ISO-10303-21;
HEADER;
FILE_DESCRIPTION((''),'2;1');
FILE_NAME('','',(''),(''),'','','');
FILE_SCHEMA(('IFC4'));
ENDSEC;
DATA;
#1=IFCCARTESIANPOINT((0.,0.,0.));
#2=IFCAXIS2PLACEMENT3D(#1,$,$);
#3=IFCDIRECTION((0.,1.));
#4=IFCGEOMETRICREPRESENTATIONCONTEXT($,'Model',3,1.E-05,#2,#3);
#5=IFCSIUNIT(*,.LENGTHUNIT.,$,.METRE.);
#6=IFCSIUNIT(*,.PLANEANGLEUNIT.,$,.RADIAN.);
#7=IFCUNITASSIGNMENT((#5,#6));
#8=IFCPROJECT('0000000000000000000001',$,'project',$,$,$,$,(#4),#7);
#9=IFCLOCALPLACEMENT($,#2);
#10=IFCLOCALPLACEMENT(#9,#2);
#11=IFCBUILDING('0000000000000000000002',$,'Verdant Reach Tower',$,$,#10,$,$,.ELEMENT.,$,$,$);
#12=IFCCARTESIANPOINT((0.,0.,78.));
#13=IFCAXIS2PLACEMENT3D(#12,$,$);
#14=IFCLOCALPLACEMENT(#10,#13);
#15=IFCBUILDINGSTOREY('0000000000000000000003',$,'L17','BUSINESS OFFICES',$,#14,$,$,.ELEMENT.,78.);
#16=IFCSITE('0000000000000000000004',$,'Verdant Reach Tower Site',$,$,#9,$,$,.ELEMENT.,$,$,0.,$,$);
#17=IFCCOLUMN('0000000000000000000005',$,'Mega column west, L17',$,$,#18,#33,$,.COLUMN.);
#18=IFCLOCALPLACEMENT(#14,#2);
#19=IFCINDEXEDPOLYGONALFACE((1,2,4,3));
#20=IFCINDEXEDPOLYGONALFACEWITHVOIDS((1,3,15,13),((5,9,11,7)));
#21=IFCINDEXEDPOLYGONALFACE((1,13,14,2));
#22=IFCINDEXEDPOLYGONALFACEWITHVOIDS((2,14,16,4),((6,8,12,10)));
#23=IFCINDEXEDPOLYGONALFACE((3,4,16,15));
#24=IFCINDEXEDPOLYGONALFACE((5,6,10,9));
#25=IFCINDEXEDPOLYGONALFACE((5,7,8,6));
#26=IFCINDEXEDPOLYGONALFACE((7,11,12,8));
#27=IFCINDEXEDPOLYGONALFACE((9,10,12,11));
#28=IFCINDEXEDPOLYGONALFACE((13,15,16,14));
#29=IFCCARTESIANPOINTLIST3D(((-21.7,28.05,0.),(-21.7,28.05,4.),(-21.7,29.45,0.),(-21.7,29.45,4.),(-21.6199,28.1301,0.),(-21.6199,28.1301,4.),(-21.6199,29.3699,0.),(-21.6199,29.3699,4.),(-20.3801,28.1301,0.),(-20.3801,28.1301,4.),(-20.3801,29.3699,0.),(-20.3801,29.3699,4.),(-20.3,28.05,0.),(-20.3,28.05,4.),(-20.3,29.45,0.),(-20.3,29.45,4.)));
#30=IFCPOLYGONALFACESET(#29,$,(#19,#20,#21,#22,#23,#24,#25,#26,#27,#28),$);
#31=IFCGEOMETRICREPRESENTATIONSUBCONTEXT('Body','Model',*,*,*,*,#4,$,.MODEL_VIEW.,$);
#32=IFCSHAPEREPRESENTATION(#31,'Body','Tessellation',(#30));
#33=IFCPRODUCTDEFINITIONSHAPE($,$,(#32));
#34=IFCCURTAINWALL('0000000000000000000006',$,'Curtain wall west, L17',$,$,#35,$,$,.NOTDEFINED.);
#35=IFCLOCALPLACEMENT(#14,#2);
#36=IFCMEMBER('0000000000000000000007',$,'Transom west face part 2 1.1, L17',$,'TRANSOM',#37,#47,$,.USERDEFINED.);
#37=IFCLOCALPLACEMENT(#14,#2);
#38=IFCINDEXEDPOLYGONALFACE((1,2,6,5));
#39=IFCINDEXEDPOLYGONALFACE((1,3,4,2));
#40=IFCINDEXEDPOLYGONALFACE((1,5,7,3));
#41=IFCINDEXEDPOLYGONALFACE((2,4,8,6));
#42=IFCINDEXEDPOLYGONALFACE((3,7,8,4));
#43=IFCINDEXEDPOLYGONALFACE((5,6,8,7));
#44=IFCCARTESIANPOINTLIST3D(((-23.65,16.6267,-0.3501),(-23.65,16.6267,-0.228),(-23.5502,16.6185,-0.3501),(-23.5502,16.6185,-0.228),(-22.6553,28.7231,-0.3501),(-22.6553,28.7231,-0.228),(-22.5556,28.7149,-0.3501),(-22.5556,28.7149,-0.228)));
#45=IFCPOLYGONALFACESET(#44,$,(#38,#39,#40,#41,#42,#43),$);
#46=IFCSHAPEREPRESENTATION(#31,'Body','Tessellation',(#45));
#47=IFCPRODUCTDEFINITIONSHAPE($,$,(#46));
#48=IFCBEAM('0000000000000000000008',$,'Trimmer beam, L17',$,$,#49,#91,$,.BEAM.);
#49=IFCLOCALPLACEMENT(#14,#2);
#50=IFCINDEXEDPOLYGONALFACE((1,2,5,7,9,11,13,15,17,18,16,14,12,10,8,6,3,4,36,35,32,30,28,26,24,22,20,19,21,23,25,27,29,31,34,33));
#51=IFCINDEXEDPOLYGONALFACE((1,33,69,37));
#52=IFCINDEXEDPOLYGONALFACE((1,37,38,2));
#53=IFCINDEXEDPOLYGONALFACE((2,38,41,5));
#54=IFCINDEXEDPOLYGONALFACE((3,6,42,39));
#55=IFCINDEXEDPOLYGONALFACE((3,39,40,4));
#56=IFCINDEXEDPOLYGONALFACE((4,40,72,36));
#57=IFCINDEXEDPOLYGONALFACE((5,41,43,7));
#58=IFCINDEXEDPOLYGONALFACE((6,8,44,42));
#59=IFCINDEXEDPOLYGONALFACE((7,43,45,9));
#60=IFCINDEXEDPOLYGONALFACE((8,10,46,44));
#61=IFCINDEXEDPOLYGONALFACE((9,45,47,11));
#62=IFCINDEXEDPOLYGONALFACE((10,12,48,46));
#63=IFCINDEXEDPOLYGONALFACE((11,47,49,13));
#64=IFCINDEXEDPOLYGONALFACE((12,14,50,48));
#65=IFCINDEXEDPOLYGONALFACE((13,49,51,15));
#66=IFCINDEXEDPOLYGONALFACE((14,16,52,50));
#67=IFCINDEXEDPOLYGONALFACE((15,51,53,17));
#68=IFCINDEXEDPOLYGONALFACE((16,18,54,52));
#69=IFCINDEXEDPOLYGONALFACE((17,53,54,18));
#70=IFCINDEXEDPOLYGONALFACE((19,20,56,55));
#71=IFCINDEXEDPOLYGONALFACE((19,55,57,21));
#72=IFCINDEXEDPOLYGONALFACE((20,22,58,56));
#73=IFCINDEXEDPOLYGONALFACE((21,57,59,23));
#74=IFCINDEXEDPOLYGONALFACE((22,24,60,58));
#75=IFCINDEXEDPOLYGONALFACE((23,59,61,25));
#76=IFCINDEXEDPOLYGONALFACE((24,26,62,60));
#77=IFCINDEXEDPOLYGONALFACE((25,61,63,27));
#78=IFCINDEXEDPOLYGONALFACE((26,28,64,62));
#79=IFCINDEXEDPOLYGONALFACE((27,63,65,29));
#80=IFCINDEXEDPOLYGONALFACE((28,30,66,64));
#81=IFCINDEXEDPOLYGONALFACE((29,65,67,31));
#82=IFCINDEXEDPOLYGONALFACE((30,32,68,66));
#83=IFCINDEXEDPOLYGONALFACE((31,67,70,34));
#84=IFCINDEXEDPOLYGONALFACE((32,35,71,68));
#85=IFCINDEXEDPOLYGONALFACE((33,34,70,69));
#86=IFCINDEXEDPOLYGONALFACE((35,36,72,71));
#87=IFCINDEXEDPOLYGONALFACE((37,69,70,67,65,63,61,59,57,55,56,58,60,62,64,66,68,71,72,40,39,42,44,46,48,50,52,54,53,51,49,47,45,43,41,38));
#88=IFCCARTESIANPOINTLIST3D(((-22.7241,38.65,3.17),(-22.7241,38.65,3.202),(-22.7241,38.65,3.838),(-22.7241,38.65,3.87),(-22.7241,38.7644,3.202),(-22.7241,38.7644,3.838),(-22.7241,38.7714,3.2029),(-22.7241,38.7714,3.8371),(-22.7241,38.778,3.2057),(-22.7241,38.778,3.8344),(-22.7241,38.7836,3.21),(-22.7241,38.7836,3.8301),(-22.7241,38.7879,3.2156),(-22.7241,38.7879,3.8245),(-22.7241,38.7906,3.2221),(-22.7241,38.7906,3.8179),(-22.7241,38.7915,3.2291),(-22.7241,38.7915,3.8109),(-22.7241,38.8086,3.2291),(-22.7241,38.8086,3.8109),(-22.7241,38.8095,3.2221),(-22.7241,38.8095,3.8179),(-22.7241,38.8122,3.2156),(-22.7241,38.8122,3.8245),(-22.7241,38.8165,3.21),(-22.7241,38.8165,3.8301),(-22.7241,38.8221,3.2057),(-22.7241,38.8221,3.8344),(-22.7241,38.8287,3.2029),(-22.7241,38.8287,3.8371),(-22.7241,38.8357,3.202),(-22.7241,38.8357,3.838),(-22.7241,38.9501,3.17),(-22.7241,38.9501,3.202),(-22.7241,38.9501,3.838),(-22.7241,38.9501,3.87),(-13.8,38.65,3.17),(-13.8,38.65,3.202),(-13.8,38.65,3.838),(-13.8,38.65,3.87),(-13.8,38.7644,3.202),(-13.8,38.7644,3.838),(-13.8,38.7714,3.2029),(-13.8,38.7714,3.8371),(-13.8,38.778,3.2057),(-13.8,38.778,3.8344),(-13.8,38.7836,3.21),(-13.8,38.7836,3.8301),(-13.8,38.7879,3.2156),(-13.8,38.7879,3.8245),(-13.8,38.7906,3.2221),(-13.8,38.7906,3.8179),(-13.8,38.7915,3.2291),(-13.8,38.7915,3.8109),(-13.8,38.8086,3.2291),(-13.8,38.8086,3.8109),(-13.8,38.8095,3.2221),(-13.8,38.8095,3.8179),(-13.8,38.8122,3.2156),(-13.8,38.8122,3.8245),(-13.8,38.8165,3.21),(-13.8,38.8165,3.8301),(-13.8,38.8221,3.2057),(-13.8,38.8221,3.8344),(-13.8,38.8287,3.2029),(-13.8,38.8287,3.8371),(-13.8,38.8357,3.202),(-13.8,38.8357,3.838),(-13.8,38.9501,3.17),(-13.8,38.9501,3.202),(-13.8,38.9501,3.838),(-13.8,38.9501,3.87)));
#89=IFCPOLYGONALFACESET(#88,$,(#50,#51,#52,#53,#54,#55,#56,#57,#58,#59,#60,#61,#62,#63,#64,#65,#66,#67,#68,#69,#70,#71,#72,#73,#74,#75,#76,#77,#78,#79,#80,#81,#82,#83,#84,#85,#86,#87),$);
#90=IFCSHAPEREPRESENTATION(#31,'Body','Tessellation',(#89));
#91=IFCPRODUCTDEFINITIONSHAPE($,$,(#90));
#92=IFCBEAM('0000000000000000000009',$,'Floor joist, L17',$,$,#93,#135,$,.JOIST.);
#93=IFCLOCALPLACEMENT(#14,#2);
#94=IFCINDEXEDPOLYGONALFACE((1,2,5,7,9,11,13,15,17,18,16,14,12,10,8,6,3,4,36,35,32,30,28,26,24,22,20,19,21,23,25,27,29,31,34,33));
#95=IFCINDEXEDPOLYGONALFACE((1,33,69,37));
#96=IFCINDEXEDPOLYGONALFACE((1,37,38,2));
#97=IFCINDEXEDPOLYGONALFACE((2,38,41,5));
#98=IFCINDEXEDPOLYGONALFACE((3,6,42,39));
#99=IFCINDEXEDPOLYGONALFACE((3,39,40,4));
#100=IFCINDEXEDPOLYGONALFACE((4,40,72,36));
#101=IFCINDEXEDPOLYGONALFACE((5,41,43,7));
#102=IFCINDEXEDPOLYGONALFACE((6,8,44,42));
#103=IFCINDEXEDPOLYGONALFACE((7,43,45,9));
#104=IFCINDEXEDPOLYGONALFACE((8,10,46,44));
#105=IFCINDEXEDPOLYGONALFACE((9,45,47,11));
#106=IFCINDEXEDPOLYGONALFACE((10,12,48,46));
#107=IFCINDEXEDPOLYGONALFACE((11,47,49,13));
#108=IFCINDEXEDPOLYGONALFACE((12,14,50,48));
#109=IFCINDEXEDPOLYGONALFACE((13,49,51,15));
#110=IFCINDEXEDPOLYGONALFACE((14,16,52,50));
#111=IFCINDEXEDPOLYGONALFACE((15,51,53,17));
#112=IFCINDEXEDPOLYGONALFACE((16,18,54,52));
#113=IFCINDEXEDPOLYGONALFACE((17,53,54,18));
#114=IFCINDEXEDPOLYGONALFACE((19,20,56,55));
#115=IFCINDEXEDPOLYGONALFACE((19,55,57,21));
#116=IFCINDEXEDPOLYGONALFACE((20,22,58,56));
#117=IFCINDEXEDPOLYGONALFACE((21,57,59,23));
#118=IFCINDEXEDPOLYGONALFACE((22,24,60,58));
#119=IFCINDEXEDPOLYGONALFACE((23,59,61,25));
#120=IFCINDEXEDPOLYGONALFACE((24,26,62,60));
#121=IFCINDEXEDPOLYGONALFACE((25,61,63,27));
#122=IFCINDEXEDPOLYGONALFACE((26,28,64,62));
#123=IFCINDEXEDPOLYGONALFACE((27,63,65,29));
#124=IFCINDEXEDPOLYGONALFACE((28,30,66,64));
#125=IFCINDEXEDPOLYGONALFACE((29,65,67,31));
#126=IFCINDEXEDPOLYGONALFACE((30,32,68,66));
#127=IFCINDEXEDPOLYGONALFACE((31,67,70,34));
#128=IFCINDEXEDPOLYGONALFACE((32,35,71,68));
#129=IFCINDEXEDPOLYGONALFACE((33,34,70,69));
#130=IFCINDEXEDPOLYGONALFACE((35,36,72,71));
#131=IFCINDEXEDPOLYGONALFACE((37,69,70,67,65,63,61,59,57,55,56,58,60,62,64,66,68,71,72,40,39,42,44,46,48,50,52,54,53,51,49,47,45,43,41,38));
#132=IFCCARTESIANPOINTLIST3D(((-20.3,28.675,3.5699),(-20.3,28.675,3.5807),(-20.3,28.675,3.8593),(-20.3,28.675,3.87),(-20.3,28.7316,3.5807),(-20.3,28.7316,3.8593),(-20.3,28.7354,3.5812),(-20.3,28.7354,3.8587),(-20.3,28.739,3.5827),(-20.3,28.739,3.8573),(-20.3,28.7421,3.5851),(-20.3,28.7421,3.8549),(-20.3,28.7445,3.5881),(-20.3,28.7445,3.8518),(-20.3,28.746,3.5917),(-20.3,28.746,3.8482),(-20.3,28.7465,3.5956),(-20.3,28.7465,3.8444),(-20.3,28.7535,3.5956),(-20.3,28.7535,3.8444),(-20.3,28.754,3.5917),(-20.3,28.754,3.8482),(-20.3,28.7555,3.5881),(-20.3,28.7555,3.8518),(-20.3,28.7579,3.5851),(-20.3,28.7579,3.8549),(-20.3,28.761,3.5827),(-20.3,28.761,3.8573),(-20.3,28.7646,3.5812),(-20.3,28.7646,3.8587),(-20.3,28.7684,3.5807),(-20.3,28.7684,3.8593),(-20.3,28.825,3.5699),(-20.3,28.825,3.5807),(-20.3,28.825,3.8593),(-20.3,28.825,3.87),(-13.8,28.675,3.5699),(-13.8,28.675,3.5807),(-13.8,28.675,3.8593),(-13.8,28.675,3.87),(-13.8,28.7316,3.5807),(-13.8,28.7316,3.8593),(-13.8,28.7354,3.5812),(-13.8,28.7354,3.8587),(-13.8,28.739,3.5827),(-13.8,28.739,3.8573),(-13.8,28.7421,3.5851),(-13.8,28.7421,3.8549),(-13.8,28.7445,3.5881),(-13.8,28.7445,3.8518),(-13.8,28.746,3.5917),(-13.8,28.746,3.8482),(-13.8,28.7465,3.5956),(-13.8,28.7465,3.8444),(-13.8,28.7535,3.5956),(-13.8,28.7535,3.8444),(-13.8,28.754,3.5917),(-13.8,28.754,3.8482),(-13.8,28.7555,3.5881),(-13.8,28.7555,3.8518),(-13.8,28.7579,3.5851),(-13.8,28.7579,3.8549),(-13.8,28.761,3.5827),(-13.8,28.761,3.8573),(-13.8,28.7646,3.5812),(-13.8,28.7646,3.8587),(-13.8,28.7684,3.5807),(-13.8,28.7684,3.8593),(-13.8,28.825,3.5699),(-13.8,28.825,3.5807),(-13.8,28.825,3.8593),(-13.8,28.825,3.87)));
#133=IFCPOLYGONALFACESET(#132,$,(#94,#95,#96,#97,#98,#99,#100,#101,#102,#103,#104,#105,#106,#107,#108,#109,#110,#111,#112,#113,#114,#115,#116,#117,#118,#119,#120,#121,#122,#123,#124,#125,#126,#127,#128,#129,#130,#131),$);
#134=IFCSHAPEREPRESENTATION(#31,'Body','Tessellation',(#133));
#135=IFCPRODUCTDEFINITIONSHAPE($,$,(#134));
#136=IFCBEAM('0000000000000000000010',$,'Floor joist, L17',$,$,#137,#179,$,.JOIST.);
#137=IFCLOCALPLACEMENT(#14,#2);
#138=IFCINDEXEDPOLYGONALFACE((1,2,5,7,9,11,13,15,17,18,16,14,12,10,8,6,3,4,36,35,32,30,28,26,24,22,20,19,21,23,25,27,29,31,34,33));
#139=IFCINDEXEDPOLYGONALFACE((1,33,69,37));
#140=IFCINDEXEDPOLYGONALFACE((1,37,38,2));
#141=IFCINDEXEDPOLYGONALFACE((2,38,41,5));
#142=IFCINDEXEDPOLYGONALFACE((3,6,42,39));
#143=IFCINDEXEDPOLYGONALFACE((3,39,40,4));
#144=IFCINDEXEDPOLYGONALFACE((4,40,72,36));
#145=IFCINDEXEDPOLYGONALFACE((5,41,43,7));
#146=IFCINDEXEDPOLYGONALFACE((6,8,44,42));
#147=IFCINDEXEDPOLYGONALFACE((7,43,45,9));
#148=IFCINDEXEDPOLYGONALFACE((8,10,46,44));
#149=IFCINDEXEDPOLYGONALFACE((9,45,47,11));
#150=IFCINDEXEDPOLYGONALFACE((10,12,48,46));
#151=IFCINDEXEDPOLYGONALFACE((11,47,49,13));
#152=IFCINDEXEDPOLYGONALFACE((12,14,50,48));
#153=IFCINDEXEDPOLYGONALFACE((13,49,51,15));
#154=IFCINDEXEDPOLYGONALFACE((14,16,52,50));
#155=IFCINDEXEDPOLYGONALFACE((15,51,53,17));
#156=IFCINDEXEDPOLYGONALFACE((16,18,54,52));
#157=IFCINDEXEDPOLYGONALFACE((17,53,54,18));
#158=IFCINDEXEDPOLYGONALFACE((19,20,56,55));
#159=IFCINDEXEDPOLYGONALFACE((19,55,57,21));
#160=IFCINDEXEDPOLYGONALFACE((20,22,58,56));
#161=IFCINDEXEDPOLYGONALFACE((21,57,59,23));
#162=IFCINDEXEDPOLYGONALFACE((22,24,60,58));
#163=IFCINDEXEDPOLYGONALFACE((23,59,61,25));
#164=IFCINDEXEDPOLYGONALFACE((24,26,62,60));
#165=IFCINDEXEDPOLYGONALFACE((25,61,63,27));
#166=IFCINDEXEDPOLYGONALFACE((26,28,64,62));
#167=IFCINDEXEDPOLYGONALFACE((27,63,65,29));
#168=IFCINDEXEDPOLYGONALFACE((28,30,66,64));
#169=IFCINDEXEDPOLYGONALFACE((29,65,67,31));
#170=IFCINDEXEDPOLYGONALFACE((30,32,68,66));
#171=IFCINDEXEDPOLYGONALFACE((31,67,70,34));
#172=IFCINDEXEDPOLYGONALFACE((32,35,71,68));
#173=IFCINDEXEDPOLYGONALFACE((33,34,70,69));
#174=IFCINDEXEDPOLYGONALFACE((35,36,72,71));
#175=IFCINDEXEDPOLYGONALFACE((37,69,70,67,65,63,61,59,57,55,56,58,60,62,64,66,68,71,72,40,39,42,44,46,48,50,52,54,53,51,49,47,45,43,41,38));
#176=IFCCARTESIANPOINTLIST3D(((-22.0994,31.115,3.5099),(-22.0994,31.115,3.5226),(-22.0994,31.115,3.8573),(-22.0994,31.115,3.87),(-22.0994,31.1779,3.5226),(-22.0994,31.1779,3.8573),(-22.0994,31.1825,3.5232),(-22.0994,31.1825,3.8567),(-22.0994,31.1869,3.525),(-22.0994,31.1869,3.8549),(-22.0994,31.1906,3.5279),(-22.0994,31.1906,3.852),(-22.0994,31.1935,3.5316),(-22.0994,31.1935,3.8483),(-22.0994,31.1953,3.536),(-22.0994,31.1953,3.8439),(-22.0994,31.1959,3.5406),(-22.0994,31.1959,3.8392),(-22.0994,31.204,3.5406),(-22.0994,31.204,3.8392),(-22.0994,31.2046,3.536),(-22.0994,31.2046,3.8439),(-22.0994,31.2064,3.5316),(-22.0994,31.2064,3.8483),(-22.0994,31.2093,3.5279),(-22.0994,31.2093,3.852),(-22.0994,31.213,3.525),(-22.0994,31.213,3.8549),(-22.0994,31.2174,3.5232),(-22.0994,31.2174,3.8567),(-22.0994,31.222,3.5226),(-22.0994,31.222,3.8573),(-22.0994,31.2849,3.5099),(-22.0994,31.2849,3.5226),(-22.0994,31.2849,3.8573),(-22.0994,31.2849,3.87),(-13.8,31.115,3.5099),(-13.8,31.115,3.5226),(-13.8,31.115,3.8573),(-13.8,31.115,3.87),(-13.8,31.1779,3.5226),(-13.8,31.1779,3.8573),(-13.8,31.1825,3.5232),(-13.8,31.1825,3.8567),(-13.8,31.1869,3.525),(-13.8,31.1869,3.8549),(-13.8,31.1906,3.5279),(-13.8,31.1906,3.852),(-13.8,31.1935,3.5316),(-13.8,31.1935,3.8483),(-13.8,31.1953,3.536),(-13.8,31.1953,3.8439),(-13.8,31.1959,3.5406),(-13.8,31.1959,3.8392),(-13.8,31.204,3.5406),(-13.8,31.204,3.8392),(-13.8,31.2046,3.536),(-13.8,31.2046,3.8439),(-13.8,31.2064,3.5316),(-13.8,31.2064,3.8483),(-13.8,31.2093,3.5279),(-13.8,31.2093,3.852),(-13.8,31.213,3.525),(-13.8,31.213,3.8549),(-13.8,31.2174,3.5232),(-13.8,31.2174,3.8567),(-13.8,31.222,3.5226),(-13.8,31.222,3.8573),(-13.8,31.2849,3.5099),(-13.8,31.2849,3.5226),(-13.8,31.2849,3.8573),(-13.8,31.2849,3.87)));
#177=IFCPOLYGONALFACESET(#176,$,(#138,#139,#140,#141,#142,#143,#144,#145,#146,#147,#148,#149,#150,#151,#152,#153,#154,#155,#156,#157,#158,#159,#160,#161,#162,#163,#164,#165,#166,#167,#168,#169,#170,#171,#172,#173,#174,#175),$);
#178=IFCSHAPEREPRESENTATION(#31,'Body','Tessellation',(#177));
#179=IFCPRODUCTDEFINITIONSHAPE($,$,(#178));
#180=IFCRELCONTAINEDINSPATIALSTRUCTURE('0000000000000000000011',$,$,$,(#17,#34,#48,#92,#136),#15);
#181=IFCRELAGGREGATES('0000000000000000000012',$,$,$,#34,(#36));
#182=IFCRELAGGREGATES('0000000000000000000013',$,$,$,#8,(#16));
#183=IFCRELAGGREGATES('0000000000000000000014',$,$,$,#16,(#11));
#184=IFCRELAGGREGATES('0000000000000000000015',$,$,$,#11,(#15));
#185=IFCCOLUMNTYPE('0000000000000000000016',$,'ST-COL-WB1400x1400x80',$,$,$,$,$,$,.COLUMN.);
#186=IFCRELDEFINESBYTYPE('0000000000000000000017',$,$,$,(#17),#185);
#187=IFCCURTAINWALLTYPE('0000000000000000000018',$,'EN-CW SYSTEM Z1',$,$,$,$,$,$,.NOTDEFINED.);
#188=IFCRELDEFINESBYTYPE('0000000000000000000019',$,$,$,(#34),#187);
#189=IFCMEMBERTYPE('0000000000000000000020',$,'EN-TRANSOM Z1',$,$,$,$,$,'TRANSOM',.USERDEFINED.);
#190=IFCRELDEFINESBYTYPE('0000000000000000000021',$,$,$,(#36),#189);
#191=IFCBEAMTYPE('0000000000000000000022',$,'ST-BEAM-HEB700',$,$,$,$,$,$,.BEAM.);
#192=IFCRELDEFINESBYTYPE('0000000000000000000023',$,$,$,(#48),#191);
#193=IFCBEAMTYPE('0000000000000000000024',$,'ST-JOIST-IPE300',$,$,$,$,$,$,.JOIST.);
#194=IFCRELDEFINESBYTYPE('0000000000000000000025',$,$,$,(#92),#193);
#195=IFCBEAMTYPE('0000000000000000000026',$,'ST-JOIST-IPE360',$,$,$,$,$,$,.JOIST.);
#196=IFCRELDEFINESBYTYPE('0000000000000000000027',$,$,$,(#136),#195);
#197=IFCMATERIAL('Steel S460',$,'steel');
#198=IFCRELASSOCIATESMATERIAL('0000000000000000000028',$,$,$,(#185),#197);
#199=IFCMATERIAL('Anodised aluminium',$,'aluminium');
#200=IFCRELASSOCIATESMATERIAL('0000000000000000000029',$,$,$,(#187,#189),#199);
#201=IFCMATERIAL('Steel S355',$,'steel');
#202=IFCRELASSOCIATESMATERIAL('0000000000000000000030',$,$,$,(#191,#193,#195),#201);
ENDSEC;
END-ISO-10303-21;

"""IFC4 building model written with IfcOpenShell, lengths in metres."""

from ifc_helpers import new_model, si_unit, direction, frame, origin, origin_2d, place, context, subcontext, project, spatial, rectangle, hollow_rectangle, i_section, extrude, material, material_profile, profile_set, type_object, element, aggregate, save


model = new_model("IFC4")

# Units and contexts
model_context = context("Model", 3, precision=1e-05, world=origin(), true_north=direction((0.0, 1.0)))
body_context = subcontext(model_context, "Body", "Model", "MODEL_VIEW")
ifc_project = project(units=[si_unit("LENGTHUNIT", "METRE"), si_unit("PLANEANGLEUNIT", "RADIAN")], contexts=[model_context])

# Site, building, storey
site_placement = place(None, origin())
site = spatial("IfcSite", under=ifc_project, at=site_placement, Name="Verdant Reach Tower Site", CompositionType="ELEMENT", RefElevation=0.0)
building_placement = place(site_placement, origin())
building = spatial("IfcBuilding", under=site, at=building_placement, Name="Verdant Reach Tower", CompositionType="ELEMENT")
storey_placement = place(building_placement, frame((0.0, 0.0, 78.0)))
storey = spatial("IfcBuildingStorey", under=building, at=storey_placement, Name="L17", Description="BUSINESS OFFICES", CompositionType="ELEMENT", Elevation=78.0)

# Column
ifc_material_1 = material(Name="Steel S460", Category="steel")
ifc_material_profile_1 = material_profile(ifc_material_1, hollow_rectangle(XDim=1.3999, YDim=1.3999, WallThickness=0.0801, at=origin_2d()), Name="WB 1400x1400x80")
ifc_profile_set_1 = profile_set([ifc_material_profile_1], Name="Steel S460")
column_type = type_object("IfcColumnType", Name="ST-COL-WB1400x1400x80", PredefinedType="COLUMN", material=ifc_profile_set_1)
column_placement = place(storey_placement, frame((-21.0, 28.75, 0.0), z_axis=(0.0, 0.0, 1.0), x_axis=(1.0, 0.0, 0.0)))
element("IfcColumn", 1, at=column_placement, inside=storey, type_object=column_type, Name="Mega column west, L17", PredefinedType="COLUMN", context=body_context, shape_type="SweptSolid", body=[
    extrude(hollow_rectangle(XDim=1.3999, YDim=1.3999, WallThickness=0.0801, at=origin_2d()), origin(), (0.0, 0.0, 1.0), 4.0),
])

# Curtain wall, member
ifc_material_2 = material(Name="Anodised aluminium", Category="aluminium")
curtain_wall_type = type_object("IfcCurtainWallType", Name="EN-CW SYSTEM Z1", PredefinedType="NOTDEFINED", material=ifc_material_2)
curtain_wall_placement = place(storey_placement, origin())
curtain_wall = element("IfcCurtainWall", 2, at=curtain_wall_placement, inside=storey, type_object=curtain_wall_type, Name="Curtain wall west, L17", PredefinedType="NOTDEFINED")
ifc_material_profile_2 = material_profile(ifc_material_2, rectangle(XDim=0.1001, YDim=0.1221, at=origin_2d()), Name="Transom 122x100")
ifc_profile_set_2 = profile_set([ifc_material_profile_2], Name="Anodised aluminium")
member_type = type_object("IfcMemberType", Name="EN-TRANSOM Z1", ElementType="TRANSOM", PredefinedType="USERDEFINED", material=ifc_profile_set_2)
member_placement = place(storey_placement, frame((-22.6055, 28.719, -0.2891), z_axis=(-0.081948, -0.996637, 0.0), x_axis=(0.996637, -0.081948, 0.0)))
member = element("IfcMember", 3, at=member_placement, type_object=member_type, Name="Transom west face part 2 1.1, L17", ObjectType="TRANSOM", PredefinedType="USERDEFINED", context=body_context, shape_type="SweptSolid", body=[
    extrude(rectangle(XDim=0.1001, YDim=0.1221, at=origin_2d()), origin(), (0.0, 0.0, 1.0), 12.1372),
])

# Beams
ifc_material_3 = material(Name="Steel S355", Category="steel")
ifc_material_profile_3 = material_profile(ifc_material_3, i_section(OverallWidth=0.3, OverallDepth=0.7, WebThickness=0.0171, FlangeThickness=0.032, FilletRadius=0.0271, at=origin_2d()), Name="HEB 700")
ifc_profile_set_3 = profile_set([ifc_material_profile_3], Name="Steel S355")
beam_type_1 = type_object("IfcBeamType", Name="ST-BEAM-HEB700", PredefinedType="BEAM", material=ifc_profile_set_3)
beam_1_placement = place(storey_placement, frame((-13.8, 38.8, 3.52), z_axis=(-1.0, 0.0, 0.0), x_axis=(0.0, -1.0, 0.0)))
element("IfcBeam", 4, at=beam_1_placement, inside=storey, type_object=beam_type_1, Name="Trimmer beam, L17", PredefinedType="BEAM", context=body_context, shape_type="SweptSolid", body=[
    extrude(i_section(OverallWidth=0.3, OverallDepth=0.7, WebThickness=0.0171, FlangeThickness=0.032, FilletRadius=0.0271, at=origin_2d()), origin(), (0.0, 0.0, 1.0), 8.9241),
])
ifc_material_profile_4 = material_profile(ifc_material_3, i_section(OverallWidth=0.1499, OverallDepth=0.3, WebThickness=0.0071, FlangeThickness=0.0107, FilletRadius=0.0149, at=origin_2d()), Name="IPE 300")
ifc_profile_set_4 = profile_set([ifc_material_profile_4], Name="Steel S355")
beam_type_2 = type_object("IfcBeamType", Name="ST-JOIST-IPE300", PredefinedType="JOIST", material=ifc_profile_set_4)
beam_2_placement = place(storey_placement, frame((-13.8, 28.75, 3.72), z_axis=(-1.0, 0.0, 0.0), x_axis=(0.0, -1.0, 0.0)))
element("IfcBeam", 5, at=beam_2_placement, inside=storey, type_object=beam_type_2, Name="Floor joist, L17", PredefinedType="JOIST", context=body_context, shape_type="SweptSolid", body=[
    extrude(i_section(OverallWidth=0.1499, OverallDepth=0.3, WebThickness=0.0071, FlangeThickness=0.0107, FilletRadius=0.0149, at=origin_2d()), origin(), (0.0, 0.0, 1.0), 6.5),
])
ifc_material_profile_5 = material_profile(ifc_material_3, i_section(OverallWidth=0.1699, OverallDepth=0.3601, WebThickness=0.0081, FlangeThickness=0.0127, FilletRadius=0.0181, at=origin_2d()), Name="IPE 360")
ifc_profile_set_5 = profile_set([ifc_material_profile_5], Name="Steel S355")
beam_type_3 = type_object("IfcBeamType", Name="ST-JOIST-IPE360", PredefinedType="JOIST", material=ifc_profile_set_5)
beam_3_placement = place(storey_placement, frame((-13.8, 31.2, 3.6899), z_axis=(-1.0, 0.0, 0.0), x_axis=(0.0, -1.0, 0.0)))
element("IfcBeam", 6, at=beam_3_placement, inside=storey, type_object=beam_type_3, Name="Floor joist, L17", PredefinedType="JOIST", context=body_context, shape_type="SweptSolid", body=[
    extrude(i_section(OverallWidth=0.1699, OverallDepth=0.3601, WebThickness=0.0081, FlangeThickness=0.0127, FilletRadius=0.0181, at=origin_2d()), origin(), (0.0, 0.0, 1.0), 8.2993),
])

aggregate(curtain_wall, [member])

save(model, "model.ifc")
